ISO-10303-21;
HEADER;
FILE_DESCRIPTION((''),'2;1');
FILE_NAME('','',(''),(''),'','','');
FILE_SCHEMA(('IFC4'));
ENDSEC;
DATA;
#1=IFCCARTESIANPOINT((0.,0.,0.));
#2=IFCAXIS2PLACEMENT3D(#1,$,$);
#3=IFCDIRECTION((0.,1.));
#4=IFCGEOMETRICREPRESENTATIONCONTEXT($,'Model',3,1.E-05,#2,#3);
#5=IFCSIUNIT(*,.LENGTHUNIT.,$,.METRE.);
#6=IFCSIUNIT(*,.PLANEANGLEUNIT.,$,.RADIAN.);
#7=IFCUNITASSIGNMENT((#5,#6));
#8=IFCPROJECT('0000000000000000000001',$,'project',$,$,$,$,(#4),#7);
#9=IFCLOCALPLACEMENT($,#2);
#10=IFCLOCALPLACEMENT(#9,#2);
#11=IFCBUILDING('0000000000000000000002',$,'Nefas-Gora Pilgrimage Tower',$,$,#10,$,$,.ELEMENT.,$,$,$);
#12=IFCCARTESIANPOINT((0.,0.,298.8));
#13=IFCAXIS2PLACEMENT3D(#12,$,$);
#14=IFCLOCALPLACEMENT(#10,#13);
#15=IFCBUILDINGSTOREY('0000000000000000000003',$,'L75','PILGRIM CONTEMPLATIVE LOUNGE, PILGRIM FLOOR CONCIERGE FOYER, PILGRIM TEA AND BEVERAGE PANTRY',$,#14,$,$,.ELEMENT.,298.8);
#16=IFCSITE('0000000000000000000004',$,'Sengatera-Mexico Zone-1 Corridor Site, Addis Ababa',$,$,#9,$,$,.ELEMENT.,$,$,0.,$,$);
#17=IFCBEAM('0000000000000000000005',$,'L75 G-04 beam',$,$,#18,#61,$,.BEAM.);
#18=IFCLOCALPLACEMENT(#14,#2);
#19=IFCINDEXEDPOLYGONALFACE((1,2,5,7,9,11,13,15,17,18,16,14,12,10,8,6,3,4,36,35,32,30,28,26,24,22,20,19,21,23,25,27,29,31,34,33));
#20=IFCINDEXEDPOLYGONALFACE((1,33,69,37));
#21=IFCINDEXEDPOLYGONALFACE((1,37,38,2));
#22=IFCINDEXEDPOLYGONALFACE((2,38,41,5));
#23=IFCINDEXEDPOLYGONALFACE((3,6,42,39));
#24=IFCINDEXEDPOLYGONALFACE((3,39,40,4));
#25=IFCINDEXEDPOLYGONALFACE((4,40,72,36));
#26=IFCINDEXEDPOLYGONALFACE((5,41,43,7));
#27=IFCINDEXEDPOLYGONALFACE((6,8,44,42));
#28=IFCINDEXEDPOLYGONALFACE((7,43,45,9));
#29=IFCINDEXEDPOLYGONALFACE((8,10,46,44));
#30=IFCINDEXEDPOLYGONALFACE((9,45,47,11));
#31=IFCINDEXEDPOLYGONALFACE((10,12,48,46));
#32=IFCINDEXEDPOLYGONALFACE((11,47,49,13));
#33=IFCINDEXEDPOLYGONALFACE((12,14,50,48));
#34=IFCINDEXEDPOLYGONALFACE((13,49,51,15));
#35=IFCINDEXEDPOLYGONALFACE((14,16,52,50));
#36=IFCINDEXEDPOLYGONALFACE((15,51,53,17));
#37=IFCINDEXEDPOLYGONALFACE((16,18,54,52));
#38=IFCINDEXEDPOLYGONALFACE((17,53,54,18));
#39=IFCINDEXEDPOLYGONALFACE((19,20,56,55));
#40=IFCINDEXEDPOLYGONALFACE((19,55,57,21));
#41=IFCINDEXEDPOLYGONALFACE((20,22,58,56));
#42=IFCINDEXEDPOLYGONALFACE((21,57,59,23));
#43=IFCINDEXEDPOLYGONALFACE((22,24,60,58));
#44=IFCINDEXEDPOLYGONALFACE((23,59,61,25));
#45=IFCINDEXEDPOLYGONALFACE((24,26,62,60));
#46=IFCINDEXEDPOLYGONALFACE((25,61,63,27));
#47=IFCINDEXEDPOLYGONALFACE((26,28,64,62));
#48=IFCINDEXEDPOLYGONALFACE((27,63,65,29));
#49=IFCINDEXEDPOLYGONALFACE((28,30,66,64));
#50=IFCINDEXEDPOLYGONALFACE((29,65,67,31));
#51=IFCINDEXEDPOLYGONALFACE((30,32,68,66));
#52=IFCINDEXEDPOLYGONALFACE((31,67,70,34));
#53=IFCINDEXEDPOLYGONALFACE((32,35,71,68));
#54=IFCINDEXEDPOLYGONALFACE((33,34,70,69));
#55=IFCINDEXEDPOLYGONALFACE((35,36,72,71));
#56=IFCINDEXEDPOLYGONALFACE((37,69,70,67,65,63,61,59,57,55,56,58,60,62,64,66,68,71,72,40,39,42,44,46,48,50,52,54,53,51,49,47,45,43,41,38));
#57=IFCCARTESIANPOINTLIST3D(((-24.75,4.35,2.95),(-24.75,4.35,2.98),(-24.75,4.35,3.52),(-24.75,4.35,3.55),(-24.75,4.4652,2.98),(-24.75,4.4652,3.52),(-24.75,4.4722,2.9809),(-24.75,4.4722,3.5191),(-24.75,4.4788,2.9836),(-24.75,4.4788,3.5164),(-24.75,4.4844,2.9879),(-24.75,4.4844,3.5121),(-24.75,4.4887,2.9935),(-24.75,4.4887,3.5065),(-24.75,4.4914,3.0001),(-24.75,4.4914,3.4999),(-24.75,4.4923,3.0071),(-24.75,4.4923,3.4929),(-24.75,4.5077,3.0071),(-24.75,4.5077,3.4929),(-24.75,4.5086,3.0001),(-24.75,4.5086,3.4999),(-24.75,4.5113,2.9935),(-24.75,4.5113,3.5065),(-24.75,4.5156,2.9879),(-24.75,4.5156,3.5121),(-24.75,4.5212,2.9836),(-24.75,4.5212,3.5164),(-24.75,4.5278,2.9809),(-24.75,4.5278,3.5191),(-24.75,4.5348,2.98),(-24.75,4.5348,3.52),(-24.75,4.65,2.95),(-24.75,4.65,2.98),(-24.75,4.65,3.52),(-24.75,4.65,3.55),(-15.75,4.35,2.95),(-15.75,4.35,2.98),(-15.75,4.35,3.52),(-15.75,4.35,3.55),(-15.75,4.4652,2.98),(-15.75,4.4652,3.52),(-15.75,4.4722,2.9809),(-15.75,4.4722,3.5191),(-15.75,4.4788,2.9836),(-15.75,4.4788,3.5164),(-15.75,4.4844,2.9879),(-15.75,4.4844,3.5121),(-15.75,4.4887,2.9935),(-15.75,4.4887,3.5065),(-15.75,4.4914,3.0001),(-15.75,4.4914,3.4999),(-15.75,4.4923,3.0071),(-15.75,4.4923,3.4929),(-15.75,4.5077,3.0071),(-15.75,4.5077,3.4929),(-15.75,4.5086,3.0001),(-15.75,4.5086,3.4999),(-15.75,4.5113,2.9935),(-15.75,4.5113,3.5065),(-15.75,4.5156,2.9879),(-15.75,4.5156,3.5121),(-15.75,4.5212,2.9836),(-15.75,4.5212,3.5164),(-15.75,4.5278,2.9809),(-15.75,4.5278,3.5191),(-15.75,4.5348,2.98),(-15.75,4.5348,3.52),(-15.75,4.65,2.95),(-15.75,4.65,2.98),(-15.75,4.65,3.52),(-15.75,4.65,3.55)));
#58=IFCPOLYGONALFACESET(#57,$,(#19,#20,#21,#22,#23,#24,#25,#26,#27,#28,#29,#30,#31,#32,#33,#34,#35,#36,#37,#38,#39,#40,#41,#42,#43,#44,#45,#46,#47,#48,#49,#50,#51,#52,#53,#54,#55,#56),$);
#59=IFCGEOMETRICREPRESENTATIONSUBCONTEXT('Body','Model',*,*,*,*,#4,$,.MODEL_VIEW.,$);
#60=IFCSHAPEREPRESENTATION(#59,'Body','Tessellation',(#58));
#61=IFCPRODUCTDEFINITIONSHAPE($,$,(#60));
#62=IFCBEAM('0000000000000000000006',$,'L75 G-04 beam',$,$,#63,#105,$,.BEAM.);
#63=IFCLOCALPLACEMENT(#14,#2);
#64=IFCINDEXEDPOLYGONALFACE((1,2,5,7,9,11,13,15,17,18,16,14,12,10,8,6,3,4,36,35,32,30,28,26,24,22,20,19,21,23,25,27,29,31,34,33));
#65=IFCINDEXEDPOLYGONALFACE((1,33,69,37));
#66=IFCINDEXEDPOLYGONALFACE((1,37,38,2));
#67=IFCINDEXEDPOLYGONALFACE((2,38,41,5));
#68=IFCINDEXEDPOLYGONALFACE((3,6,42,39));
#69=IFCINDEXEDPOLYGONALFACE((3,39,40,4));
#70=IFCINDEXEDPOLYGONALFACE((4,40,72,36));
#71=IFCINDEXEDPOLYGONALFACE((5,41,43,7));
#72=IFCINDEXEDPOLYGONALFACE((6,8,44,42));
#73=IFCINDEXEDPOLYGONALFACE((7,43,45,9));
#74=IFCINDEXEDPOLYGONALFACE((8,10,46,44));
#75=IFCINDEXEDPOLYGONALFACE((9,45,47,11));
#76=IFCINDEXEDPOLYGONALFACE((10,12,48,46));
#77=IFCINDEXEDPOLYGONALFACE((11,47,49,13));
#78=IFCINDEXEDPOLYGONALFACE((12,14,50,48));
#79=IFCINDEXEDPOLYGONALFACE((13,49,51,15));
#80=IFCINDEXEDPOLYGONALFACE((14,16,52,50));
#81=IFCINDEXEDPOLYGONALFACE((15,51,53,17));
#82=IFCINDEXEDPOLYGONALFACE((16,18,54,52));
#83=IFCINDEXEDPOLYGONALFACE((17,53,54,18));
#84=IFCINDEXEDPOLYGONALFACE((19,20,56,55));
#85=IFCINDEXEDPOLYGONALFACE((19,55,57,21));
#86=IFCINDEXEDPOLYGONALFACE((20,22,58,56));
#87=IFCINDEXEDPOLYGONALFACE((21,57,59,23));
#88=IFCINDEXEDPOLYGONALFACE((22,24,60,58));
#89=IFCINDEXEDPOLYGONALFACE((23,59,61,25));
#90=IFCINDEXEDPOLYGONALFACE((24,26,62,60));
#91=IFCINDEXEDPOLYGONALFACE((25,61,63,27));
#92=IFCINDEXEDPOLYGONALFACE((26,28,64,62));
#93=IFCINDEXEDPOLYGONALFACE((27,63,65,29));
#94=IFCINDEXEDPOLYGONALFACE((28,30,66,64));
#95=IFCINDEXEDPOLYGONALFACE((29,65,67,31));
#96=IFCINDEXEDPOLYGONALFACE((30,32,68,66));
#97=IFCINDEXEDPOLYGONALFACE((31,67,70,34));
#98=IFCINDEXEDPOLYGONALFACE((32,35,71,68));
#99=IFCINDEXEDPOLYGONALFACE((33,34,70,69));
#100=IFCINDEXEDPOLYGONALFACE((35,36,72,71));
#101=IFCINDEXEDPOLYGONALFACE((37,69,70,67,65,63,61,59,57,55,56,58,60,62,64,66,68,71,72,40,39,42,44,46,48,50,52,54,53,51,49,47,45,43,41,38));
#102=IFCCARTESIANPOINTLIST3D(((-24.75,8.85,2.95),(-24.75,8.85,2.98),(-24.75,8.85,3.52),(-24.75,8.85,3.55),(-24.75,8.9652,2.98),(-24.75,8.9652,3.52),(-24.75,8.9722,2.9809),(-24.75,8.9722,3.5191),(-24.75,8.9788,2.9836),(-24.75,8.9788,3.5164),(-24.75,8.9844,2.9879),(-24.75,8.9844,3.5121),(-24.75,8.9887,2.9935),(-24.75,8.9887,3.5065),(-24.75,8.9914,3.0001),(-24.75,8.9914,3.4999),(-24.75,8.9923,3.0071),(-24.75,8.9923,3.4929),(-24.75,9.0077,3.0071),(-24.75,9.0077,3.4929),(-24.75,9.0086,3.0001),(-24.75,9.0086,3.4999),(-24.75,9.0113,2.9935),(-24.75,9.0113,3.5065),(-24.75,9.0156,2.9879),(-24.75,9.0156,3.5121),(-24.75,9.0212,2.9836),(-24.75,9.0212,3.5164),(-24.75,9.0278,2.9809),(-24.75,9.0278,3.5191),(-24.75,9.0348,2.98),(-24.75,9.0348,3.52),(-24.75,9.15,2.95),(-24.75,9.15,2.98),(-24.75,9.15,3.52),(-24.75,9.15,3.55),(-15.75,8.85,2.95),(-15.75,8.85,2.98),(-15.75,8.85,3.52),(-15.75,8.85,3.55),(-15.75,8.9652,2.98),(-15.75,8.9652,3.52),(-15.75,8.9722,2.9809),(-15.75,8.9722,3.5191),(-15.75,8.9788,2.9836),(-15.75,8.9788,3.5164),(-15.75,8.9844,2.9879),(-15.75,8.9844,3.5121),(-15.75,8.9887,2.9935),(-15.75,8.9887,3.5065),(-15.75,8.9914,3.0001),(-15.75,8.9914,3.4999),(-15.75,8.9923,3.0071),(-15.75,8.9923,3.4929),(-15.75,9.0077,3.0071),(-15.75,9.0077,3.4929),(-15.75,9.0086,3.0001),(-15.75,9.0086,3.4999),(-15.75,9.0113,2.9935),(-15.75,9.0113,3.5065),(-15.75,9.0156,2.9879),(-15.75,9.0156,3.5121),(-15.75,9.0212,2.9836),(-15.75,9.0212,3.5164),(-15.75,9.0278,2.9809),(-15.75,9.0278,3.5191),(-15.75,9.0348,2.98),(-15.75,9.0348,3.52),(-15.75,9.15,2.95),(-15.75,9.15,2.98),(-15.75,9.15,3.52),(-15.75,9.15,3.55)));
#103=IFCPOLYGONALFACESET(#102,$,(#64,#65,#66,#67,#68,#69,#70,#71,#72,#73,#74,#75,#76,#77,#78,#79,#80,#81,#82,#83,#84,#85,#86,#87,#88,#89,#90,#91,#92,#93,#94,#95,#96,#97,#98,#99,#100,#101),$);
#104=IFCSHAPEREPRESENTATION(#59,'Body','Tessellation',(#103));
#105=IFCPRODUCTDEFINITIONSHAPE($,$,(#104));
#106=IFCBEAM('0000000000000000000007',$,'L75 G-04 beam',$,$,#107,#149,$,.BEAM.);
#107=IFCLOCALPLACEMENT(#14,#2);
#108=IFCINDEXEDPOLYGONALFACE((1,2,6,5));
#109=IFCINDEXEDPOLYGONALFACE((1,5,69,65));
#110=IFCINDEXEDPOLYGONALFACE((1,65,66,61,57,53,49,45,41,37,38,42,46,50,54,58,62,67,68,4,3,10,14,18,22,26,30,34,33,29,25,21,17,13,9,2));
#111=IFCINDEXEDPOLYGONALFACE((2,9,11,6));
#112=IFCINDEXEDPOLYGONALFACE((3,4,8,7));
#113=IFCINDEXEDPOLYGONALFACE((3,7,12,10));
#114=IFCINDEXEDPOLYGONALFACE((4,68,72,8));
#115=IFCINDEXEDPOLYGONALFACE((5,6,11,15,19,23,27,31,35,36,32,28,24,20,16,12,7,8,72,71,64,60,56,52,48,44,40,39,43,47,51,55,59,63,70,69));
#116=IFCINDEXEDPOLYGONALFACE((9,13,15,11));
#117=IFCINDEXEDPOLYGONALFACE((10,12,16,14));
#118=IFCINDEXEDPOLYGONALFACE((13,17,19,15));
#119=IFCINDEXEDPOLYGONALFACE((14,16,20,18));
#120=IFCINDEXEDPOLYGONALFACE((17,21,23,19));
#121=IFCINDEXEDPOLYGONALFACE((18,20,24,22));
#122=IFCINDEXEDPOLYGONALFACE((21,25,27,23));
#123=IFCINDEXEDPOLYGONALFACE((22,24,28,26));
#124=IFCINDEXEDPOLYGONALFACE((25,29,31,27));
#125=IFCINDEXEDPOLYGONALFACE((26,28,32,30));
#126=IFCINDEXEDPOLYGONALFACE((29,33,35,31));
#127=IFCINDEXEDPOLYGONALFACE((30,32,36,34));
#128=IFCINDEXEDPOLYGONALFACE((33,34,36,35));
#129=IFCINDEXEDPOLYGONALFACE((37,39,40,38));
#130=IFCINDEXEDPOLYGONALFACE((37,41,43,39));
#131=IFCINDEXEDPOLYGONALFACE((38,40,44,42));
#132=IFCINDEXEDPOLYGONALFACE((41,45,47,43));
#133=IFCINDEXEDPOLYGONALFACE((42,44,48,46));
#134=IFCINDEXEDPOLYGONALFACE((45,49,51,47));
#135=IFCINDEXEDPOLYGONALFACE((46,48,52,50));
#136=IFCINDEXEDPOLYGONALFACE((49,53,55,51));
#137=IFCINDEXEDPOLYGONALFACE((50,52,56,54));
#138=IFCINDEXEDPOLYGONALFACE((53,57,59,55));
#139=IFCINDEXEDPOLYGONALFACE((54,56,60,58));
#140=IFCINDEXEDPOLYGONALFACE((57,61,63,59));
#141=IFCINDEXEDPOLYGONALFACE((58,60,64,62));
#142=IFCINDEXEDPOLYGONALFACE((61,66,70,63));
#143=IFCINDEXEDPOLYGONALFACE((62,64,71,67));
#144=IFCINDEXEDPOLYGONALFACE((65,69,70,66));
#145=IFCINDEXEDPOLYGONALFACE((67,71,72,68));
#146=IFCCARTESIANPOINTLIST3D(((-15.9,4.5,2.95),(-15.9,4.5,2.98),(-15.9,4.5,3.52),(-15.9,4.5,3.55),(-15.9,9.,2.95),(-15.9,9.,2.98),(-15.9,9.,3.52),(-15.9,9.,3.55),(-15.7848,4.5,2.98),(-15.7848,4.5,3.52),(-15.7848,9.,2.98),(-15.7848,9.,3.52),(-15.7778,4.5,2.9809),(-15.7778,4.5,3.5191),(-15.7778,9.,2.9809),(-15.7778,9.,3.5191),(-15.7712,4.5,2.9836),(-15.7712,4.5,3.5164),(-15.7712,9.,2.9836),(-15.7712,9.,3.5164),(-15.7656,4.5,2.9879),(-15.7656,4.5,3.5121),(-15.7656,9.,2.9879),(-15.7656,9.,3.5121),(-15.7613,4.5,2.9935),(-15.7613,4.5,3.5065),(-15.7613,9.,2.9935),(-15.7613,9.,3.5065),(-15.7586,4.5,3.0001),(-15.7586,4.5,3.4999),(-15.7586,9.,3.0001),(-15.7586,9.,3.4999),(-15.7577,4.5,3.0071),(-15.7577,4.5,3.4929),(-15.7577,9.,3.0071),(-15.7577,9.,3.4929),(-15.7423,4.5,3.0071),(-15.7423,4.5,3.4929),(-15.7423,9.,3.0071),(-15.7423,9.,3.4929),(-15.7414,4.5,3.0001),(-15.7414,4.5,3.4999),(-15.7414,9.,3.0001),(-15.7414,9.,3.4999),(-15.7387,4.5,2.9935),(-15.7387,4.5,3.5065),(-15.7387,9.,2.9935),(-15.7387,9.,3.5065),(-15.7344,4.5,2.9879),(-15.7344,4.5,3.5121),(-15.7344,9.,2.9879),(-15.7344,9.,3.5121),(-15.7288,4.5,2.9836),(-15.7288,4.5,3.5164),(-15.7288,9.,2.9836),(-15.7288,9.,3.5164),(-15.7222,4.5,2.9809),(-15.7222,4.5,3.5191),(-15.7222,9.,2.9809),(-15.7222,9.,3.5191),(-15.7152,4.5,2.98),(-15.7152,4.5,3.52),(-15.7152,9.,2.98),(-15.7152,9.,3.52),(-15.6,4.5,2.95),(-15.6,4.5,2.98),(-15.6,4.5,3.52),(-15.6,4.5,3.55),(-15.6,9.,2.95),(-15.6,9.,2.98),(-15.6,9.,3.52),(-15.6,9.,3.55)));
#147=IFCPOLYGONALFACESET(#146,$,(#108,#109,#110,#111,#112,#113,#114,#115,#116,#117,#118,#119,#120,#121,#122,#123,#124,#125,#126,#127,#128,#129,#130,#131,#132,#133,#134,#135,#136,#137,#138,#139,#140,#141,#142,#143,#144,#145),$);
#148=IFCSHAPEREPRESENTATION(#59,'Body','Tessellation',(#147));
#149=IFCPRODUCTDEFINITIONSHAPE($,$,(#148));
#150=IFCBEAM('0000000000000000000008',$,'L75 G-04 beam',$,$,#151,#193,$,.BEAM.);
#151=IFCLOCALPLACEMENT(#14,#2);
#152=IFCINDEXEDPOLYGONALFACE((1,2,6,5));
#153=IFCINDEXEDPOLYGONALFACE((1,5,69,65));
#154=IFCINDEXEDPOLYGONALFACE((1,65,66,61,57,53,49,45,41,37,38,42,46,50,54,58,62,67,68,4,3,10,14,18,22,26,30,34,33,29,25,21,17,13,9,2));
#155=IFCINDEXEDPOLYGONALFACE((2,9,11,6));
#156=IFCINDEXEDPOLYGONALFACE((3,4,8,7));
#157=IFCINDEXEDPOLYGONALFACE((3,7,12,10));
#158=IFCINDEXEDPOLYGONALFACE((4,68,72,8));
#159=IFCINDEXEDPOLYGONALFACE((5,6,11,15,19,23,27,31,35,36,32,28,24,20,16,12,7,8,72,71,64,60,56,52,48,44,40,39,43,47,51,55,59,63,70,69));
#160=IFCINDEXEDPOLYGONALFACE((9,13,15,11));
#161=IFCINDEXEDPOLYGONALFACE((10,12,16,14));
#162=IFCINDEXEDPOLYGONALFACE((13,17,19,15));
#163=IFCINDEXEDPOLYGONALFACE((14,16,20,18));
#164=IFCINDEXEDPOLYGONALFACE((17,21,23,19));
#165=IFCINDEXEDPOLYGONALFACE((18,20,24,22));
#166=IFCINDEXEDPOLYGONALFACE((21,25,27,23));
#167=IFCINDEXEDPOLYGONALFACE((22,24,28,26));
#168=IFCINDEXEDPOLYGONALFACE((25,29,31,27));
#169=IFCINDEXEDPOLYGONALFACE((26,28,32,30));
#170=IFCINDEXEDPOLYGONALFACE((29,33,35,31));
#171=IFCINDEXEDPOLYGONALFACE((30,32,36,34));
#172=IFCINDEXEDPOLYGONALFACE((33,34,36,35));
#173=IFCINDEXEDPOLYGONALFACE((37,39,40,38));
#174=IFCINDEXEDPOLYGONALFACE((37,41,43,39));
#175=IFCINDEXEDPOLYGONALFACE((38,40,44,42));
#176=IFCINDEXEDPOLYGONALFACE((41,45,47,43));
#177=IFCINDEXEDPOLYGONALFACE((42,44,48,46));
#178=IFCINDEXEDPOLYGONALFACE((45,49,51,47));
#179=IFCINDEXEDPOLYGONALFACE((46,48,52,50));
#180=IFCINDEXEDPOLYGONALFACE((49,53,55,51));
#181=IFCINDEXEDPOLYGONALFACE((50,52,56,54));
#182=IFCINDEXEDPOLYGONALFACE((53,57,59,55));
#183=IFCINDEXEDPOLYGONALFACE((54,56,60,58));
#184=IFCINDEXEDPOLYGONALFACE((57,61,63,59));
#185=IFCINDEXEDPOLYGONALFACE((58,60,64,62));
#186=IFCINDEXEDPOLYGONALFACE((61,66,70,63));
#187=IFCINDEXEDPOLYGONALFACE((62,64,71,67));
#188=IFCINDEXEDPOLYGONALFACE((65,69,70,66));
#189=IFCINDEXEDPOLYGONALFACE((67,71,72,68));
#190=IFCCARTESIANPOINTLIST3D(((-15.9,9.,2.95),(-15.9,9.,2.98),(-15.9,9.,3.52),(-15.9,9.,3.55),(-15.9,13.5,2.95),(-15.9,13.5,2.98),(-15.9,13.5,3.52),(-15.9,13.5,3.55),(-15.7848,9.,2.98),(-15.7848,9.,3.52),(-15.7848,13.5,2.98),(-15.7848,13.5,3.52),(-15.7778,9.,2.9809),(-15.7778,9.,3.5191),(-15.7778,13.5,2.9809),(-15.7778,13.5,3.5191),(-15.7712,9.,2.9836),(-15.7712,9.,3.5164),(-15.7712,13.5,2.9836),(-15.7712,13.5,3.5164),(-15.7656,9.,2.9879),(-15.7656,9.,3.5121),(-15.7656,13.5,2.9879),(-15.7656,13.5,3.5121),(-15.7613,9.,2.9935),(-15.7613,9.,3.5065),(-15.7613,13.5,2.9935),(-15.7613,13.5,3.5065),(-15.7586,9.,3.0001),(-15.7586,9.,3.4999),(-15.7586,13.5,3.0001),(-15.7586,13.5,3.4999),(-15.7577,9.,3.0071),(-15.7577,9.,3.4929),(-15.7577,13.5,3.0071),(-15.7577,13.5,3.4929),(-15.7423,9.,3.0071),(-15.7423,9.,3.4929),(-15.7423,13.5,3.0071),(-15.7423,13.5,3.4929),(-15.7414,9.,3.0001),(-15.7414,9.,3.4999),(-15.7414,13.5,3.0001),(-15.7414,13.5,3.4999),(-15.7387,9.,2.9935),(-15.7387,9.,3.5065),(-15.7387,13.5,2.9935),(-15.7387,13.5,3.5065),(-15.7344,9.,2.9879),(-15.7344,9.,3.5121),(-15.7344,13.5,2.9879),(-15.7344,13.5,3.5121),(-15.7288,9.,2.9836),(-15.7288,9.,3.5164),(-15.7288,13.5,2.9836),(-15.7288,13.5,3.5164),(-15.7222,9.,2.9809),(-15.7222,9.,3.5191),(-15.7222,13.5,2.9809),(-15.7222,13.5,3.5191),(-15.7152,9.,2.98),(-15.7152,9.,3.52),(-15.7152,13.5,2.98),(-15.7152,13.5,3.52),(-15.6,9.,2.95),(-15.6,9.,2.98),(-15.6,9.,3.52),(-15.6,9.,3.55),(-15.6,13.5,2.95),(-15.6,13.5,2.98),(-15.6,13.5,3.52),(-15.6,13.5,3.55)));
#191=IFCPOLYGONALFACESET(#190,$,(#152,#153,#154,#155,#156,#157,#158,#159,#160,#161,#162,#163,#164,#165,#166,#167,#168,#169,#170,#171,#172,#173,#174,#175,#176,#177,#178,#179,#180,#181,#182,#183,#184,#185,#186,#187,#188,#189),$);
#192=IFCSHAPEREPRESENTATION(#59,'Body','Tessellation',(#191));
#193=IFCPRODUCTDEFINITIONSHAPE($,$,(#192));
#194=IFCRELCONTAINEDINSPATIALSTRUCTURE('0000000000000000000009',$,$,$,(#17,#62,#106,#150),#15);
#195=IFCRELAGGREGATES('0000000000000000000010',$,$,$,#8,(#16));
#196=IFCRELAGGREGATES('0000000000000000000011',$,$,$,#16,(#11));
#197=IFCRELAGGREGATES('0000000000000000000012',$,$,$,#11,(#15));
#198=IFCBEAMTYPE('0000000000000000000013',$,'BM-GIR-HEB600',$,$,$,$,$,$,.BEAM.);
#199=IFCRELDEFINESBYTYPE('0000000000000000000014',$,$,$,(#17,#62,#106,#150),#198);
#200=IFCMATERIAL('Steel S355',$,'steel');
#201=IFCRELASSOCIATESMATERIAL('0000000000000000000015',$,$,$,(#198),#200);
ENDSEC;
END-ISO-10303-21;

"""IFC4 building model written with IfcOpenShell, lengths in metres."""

from ifc_helpers import new_model, si_unit, direction, frame, origin, origin_2d, place, context, subcontext, project, spatial, i_section, extrude, source, transform, mapped, material, material_profile, profile_set, type_object, element, save


model = new_model("IFC4")

# Units and contexts
model_context = context("Model", 3, precision=1e-05, world=origin(), true_north=direction((0.0, 1.0)))
body_context = subcontext(model_context, "Body", "Model", "MODEL_VIEW")
ifc_project = project(units=[si_unit("LENGTHUNIT", "METRE"), si_unit("PLANEANGLEUNIT", "RADIAN")], contexts=[model_context])

# Site, building, storey
site_placement = place(None, origin())
site = spatial("IfcSite", under=ifc_project, at=site_placement, Name="Sengatera-Mexico Zone-1 Corridor Site, Addis Ababa", CompositionType="ELEMENT", RefElevation=0.0)
building_placement = place(site_placement, origin())
building = spatial("IfcBuilding", under=site, at=building_placement, Name="Nefas-Gora Pilgrimage Tower", CompositionType="ELEMENT")
storey_placement = place(building_placement, frame((0.0, 0.0, 298.8)))
storey = spatial("IfcBuildingStorey", under=building, at=storey_placement, Name="L75", Description="PILGRIM CONTEMPLATIVE LOUNGE, PILGRIM FLOOR CONCIERGE FOYER, PILGRIM TEA AND BEVERAGE PANTRY", CompositionType="ELEMENT", Elevation=298.8)

# Shared definitions
ifc_material_1 = material(Name="Steel S355", Category="steel")

# Beams
ifc_material_profile_1 = material_profile(ifc_material_1, i_section(OverallWidth=0.3, OverallDepth=0.6001, WebThickness=0.0154, FlangeThickness=0.03, FilletRadius=0.0271, at=origin_2d()), Name="HEB 600")
ifc_profile_set_1 = profile_set([ifc_material_profile_1], Name="Steel S355")
beam_type_1 = type_object("IfcBeamType", Name="BM-GIR-HEB600", PredefinedType="BEAM", material=ifc_profile_set_1)
shared_shape_1 = source(origin(), body_context, "Body", "SweptSolid", [
    extrude(i_section(OverallWidth=0.3, OverallDepth=0.6001, WebThickness=0.0154, FlangeThickness=0.03, FilletRadius=0.0271, at=origin_2d()), origin(), (0.0, 0.0, 1.0), 9.0),
])
for number, where, z_axis, x_axis, name in (
    (1, (-24.75, 4.5, 3.25), (1.0, 0.0, 0.0), (0.0, 1.0, 0.0), "L75 G-04 beam"),
    (2, (-24.75, 9.0, 3.25), (1.0, 0.0, 0.0), (0.0, 1.0, 0.0), "L75 G-04 beam"),
):
    element("IfcBeam", number, at=place(storey_placement, frame(where, z_axis=z_axis, x_axis=x_axis)), inside=storey, type_object=beam_type_1, Name=name, PredefinedType="BEAM", context=body_context, shape_type="MappedRepresentation", body=[
        mapped(shared_shape_1, transform((0.0, 0.0, 0.0), x_axis=(1.0, 0.0, 0.0), y_axis=(0.0, 1.0, 0.0), z_axis=(0.0, 0.0, 1.0), scale=1.0)),
    ])
shared_shape_2 = source(origin(), body_context, "Body", "SweptSolid", [
    extrude(i_section(OverallWidth=0.3, OverallDepth=0.6001, WebThickness=0.0154, FlangeThickness=0.03, FilletRadius=0.0271, at=origin_2d()), origin(), (0.0, 0.0, 1.0), 4.5),
])
for number, where, z_axis, x_axis, name in (
    (3, (-15.75, 4.5, 3.25), (0.0, 1.0, 0.0), (-1.0, 0.0, 0.0), "L75 G-04 beam"),
    (4, (-15.75, 9.0, 3.25), (0.0, 1.0, 0.0), (-1.0, 0.0, 0.0), "L75 G-04 beam"),
):
    element("IfcBeam", number, at=place(storey_placement, frame(where, z_axis=z_axis, x_axis=x_axis)), inside=storey, type_object=beam_type_1, Name=name, PredefinedType="BEAM", context=body_context, shape_type="MappedRepresentation", body=[
        mapped(shared_shape_2, transform((0.0, 0.0, 0.0), x_axis=(1.0, 0.0, 0.0), y_axis=(0.0, 1.0, 0.0), z_axis=(0.0, 0.0, 1.0), scale=1.0)),
    ])

save(model, "model.ifc")
